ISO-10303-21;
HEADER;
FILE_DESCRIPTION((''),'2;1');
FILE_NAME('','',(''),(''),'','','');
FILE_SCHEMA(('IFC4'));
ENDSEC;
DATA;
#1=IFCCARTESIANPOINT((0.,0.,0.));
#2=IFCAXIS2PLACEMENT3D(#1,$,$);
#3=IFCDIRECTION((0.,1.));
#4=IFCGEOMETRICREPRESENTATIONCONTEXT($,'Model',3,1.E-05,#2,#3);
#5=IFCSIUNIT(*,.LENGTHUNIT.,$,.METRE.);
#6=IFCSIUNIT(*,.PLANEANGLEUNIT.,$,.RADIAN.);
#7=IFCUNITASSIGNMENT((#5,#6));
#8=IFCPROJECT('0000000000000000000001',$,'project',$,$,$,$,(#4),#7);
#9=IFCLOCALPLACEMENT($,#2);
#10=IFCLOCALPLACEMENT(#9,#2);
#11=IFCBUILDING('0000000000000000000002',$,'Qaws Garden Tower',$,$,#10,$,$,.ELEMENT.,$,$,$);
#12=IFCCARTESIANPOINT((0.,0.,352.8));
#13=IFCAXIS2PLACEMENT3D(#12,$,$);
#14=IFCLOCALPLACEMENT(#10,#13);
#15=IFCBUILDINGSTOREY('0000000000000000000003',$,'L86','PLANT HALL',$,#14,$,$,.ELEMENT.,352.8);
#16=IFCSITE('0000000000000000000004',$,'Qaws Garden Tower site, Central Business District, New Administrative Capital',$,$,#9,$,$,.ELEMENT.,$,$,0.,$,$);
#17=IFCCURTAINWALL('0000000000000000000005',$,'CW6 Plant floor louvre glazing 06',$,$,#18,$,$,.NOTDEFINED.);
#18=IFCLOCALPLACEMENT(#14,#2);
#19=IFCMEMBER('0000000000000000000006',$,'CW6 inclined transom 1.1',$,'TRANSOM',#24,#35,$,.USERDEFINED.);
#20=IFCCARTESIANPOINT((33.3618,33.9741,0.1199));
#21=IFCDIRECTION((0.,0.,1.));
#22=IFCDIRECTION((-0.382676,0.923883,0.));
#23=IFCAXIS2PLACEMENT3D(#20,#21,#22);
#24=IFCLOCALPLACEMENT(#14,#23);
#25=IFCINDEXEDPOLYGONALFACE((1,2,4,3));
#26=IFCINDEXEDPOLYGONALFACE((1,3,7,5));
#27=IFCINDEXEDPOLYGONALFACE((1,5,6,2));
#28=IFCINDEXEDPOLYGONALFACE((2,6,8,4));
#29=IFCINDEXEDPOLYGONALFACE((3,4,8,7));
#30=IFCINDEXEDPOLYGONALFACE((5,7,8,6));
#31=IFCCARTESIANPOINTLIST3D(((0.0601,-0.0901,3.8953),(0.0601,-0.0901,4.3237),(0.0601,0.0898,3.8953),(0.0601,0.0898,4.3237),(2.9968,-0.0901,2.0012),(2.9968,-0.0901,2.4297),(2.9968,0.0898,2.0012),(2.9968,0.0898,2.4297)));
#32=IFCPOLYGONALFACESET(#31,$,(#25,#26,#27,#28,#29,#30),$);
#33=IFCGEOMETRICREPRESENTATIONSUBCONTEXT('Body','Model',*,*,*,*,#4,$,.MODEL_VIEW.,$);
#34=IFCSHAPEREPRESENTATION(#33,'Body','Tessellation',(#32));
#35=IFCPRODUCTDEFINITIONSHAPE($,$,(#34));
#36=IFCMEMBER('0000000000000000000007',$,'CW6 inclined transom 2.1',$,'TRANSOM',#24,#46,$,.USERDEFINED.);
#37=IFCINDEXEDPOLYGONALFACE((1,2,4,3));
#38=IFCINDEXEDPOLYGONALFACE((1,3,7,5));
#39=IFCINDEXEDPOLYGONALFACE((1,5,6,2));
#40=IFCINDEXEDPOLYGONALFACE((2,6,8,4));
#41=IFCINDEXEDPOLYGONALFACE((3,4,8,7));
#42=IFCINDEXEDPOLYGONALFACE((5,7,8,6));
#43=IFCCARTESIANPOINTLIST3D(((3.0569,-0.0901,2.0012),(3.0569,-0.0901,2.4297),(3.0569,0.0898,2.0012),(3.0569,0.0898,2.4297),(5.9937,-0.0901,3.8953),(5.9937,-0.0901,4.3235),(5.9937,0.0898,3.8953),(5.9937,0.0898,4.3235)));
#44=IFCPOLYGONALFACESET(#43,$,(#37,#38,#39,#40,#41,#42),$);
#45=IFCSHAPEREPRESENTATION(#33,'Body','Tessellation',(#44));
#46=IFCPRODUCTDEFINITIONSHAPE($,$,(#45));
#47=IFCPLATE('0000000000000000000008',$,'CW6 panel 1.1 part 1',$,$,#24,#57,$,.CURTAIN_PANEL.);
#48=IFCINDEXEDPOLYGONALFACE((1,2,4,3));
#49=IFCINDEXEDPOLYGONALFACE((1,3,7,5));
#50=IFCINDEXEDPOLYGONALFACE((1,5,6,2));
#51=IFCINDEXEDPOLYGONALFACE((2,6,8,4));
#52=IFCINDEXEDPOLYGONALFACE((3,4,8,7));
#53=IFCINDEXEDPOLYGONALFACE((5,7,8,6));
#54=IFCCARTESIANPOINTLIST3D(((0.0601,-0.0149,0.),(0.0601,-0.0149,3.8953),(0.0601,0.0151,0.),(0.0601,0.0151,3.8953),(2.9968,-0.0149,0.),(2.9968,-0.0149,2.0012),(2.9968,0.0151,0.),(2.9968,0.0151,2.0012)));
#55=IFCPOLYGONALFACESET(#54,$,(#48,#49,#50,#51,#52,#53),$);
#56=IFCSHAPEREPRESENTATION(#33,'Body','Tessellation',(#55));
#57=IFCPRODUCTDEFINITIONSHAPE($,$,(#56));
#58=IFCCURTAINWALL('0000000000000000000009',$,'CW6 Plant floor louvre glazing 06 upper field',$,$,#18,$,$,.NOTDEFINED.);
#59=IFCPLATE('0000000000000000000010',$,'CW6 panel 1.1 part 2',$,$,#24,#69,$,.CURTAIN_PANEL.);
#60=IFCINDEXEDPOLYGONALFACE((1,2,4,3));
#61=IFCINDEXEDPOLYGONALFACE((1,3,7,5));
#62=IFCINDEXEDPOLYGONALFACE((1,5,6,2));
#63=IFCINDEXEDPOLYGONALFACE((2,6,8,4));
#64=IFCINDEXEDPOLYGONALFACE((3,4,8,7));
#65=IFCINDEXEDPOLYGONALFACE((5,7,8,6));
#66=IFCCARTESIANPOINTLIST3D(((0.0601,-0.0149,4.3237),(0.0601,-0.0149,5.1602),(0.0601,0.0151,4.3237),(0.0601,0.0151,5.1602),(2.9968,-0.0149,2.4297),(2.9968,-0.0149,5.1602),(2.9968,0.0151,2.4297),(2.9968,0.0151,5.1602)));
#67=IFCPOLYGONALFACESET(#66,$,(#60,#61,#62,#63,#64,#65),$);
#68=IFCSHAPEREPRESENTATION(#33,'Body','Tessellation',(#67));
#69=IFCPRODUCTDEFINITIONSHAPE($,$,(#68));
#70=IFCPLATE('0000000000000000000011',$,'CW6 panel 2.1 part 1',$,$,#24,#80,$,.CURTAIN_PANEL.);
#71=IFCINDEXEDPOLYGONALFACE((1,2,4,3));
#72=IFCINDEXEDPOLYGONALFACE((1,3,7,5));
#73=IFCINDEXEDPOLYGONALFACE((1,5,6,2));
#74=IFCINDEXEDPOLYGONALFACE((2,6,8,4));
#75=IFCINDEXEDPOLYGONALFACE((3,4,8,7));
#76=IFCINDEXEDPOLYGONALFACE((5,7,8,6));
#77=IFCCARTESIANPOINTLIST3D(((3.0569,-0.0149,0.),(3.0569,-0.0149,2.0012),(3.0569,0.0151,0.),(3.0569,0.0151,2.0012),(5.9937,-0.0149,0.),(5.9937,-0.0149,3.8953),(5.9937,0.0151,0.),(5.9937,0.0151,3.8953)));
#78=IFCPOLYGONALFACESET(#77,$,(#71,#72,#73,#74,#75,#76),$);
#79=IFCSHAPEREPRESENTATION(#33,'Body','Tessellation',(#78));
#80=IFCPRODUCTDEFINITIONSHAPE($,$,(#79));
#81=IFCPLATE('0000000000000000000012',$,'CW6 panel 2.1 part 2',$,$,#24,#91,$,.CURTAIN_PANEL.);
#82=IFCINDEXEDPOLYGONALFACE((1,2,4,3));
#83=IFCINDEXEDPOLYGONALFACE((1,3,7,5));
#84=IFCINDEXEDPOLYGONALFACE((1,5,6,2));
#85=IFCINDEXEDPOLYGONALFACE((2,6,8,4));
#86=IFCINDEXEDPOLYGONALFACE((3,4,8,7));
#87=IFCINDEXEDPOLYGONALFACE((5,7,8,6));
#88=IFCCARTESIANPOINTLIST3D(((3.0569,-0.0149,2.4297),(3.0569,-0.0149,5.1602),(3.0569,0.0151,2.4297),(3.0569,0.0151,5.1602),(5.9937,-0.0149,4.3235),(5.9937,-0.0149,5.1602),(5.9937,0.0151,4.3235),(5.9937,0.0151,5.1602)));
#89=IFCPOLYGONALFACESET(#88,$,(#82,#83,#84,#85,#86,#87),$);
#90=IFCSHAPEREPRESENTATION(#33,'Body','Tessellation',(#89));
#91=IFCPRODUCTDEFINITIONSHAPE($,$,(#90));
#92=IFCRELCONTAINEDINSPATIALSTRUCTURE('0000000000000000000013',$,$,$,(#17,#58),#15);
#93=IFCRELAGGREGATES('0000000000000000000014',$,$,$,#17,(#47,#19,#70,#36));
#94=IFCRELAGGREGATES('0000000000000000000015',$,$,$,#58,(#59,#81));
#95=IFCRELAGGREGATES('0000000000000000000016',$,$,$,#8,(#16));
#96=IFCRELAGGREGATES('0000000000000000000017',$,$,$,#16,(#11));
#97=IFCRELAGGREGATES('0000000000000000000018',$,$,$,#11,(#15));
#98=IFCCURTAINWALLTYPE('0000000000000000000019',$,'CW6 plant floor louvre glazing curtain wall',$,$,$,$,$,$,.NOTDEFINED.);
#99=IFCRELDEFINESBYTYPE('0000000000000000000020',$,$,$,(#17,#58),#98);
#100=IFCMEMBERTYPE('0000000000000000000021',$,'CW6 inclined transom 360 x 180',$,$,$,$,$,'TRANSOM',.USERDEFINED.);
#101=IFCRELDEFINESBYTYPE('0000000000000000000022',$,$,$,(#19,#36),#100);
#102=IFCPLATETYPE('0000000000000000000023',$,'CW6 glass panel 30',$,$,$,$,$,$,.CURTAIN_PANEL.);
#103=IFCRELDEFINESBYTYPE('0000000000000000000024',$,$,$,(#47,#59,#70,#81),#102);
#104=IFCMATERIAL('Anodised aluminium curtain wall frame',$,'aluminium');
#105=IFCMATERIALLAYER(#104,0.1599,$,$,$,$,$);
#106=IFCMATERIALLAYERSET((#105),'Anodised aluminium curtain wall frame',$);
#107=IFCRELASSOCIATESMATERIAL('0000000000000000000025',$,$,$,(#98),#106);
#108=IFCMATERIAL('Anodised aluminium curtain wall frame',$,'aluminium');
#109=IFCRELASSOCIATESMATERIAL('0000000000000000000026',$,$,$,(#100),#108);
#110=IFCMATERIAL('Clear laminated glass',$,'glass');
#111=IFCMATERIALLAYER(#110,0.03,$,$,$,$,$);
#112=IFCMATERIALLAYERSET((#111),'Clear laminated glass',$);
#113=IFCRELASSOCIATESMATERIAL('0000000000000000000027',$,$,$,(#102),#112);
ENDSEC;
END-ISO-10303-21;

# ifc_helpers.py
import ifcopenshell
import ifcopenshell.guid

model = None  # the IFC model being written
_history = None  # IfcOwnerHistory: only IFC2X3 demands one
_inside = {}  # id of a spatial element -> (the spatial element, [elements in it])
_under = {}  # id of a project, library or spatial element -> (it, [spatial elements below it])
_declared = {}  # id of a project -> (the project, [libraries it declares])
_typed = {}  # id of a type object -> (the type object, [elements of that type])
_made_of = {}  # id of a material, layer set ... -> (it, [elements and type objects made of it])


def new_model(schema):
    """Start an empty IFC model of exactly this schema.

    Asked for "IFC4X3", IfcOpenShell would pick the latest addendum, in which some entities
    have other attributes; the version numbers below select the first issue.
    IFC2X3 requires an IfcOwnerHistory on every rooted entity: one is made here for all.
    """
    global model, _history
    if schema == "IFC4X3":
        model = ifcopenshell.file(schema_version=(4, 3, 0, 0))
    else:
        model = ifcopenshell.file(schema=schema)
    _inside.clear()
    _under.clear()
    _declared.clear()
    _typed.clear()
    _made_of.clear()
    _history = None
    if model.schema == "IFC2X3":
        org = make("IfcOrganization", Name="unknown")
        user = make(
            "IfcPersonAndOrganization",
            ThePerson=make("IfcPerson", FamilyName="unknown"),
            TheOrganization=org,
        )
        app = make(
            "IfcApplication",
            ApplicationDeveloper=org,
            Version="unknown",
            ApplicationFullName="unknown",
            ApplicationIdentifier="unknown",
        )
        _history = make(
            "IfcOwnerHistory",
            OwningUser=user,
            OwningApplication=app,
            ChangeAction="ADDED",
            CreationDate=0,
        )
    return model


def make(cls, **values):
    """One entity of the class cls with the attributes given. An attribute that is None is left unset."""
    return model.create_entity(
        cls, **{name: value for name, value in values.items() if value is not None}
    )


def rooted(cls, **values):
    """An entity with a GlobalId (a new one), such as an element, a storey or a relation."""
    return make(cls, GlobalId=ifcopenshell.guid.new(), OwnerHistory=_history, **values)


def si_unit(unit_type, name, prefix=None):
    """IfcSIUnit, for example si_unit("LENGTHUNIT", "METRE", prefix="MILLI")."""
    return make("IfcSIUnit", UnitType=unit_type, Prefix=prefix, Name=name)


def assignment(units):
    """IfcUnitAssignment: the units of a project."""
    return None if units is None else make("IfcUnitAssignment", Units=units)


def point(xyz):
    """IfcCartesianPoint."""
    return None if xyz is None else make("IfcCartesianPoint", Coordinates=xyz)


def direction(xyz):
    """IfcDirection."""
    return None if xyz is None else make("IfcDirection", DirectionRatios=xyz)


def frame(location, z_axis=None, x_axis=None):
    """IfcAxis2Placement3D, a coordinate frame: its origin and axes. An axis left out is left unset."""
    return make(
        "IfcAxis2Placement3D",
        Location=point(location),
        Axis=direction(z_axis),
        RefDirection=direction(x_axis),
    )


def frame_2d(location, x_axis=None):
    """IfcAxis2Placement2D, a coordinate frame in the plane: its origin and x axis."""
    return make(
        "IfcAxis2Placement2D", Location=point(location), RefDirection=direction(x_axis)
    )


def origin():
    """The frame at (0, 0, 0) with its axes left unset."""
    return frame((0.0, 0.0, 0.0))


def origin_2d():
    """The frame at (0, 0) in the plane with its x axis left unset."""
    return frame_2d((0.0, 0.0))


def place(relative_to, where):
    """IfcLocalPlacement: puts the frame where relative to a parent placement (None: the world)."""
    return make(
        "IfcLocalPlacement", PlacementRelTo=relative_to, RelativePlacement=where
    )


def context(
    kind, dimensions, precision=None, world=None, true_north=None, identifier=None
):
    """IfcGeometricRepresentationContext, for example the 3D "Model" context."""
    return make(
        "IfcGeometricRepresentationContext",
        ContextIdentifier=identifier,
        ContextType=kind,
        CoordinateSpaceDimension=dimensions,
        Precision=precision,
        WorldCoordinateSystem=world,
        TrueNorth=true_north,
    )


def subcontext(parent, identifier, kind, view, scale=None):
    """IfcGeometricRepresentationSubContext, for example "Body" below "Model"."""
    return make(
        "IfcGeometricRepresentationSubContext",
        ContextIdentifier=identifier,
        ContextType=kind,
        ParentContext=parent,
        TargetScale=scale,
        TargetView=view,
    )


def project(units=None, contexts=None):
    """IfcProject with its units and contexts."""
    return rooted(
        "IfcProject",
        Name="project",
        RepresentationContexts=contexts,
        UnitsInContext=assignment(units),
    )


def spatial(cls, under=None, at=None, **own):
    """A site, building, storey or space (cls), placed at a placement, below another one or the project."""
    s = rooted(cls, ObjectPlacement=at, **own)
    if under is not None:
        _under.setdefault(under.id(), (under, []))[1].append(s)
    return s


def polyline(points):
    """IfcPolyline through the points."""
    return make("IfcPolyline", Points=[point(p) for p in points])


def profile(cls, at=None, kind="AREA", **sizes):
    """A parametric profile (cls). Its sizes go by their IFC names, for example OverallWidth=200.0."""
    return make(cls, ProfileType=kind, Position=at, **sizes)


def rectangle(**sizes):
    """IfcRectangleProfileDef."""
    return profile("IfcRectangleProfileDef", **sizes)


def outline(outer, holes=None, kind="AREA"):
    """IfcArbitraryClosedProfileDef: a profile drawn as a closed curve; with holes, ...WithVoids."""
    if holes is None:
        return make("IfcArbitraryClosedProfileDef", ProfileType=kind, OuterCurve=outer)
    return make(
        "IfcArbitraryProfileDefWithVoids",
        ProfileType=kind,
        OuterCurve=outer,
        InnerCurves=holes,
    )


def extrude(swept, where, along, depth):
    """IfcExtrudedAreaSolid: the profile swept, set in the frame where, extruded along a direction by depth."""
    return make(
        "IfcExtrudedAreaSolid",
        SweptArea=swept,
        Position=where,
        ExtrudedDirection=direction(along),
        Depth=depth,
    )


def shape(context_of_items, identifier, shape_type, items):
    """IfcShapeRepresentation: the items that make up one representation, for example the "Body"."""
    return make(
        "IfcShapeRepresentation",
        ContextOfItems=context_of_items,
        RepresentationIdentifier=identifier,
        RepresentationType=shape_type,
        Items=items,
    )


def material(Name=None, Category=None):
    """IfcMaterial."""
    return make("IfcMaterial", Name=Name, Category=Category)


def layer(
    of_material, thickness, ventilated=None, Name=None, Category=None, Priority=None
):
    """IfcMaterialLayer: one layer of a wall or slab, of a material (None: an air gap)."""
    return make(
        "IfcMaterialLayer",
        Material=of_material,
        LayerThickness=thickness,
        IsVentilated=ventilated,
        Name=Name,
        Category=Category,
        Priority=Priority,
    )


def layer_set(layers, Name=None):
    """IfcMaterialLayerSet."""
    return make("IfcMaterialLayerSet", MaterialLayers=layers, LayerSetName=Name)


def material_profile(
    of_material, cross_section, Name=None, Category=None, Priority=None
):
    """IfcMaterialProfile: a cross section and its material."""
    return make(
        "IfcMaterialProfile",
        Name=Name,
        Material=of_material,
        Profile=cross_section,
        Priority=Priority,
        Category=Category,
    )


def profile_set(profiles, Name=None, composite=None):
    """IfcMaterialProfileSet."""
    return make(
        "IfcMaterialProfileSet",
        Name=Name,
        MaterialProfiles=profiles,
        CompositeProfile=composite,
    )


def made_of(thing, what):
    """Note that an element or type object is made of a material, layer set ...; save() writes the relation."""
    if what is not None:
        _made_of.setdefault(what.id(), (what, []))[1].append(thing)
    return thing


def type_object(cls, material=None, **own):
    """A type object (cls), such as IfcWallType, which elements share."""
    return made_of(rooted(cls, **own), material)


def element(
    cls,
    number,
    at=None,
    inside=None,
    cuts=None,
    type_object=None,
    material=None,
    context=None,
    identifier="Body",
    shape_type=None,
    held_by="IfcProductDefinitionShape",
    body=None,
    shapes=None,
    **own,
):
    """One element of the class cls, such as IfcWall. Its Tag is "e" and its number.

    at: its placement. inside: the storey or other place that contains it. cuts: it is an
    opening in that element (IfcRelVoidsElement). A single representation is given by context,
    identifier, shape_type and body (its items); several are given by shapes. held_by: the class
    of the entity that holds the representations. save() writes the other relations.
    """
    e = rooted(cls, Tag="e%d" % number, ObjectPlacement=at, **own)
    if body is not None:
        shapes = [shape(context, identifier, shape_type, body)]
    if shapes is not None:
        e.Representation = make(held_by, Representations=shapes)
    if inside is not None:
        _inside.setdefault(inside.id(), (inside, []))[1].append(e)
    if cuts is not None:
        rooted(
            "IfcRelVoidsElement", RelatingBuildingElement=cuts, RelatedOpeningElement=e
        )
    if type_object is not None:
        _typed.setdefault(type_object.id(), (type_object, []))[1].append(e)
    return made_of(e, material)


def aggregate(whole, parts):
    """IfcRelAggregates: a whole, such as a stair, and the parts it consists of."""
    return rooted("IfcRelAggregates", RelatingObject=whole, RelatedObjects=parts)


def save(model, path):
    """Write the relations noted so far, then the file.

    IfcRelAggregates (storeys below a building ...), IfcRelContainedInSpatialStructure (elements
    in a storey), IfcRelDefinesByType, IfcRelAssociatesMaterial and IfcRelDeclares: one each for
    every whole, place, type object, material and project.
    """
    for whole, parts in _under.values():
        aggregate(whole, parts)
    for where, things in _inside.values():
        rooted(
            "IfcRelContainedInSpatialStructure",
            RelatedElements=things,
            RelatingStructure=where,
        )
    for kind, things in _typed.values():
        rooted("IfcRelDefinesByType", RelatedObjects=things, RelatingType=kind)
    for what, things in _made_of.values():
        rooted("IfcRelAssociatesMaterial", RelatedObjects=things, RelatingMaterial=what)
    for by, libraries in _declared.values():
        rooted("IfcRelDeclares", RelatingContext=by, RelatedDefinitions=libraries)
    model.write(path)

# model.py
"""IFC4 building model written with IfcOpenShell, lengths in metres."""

from ifc_helpers import new_model, si_unit, direction, frame, origin, origin_2d, place, context, subcontext, project, spatial, polyline, rectangle, outline, extrude, material, layer, layer_set, material_profile, profile_set, type_object, element, aggregate, save


model = new_model("IFC4")

# Units and contexts
model_context = context("Model", 3, precision=1e-05, world=origin(), true_north=direction((0.0, 1.0)))
body_context = subcontext(model_context, "Body", "Model", "MODEL_VIEW")
ifc_project = project(units=[si_unit("LENGTHUNIT", "METRE"), si_unit("PLANEANGLEUNIT", "RADIAN")], contexts=[model_context])

# Site, building, storey
site_placement = place(None, origin())
site = spatial("IfcSite", under=ifc_project, at=site_placement, Name="Qaws Garden Tower site, Central Business District, New Administrative Capital", CompositionType="ELEMENT", RefElevation=0.0)
building_placement = place(site_placement, origin())
building = spatial("IfcBuilding", under=site, at=building_placement, Name="Qaws Garden Tower", CompositionType="ELEMENT")
storey_placement = place(building_placement, frame((0.0, 0.0, 352.8)))
storey = spatial("IfcBuildingStorey", under=building, at=storey_placement, Name="L86", Description="PLANT HALL", CompositionType="ELEMENT", Elevation=352.8)

# Curtain wall, members, plate
ifc_material_1 = material(Name="Anodised aluminium curtain wall frame", Category="aluminium")
ifc_layer_1 = layer(ifc_material_1, 0.1599)
ifc_layer_set_1 = layer_set([ifc_layer_1], Name="Anodised aluminium curtain wall frame")
curtain_wall_type = type_object("IfcCurtainWallType", Name="CW6 plant floor louvre glazing curtain wall", PredefinedType="NOTDEFINED", material=ifc_layer_set_1)
placement_1 = place(storey_placement, origin())
curtain_wall_1 = element("IfcCurtainWall", 1, at=placement_1, inside=storey, type_object=curtain_wall_type, Name="CW6 Plant floor louvre glazing 06", PredefinedType="NOTDEFINED")
ifc_material_2 = material(Name="Anodised aluminium curtain wall frame", Category="aluminium")
ifc_material_profile_1 = material_profile(ifc_material_2, rectangle(XDim=0.1799, YDim=0.3601, at=origin_2d()), Name="AL 180x360")
ifc_profile_set_1 = profile_set([ifc_material_profile_1], Name="Anodised aluminium curtain wall frame")
member_type_1 = type_object("IfcMemberType", Name="CW6 inclined transom 360 x 180", ElementType="TRANSOM", PredefinedType="USERDEFINED", material=ifc_profile_set_1)
placement_2 = place(storey_placement, frame((33.3618, 33.9741, 0.1199), z_axis=(0.0, 0.0, 1.0), x_axis=(-0.382676, 0.923883, 0.0)))
member_1 = element("IfcMember", 2, at=placement_2, type_object=member_type_1, Name="CW6 inclined transom 1.1", ObjectType="TRANSOM", PredefinedType="USERDEFINED", context=body_context, shape_type="SweptSolid", body=[
    extrude(outline(polyline([(0.0601, 3.8953), (2.9968, 2.0012), (2.9968, 2.4297), (0.0601, 4.3237), (0.0601, 3.8953)])), frame((0.0, 0.0898, 0.0), z_axis=(0.0, -1.0, 0.0), x_axis=(1.0, 0.0, 0.0)), (0.0, 0.0, 1.0), 0.1799),
])
member_2 = element("IfcMember", 3, at=placement_2, type_object=member_type_1, Name="CW6 inclined transom 2.1", ObjectType="TRANSOM", PredefinedType="USERDEFINED", context=body_context, shape_type="SweptSolid", body=[
    extrude(outline(polyline([(3.0569, 2.0012), (5.9937, 3.8953), (5.9937, 4.3235), (3.0569, 2.4297), (3.0569, 2.0012)])), frame((0.0, 0.0898, 0.0), z_axis=(0.0, -1.0, 0.0), x_axis=(1.0, 0.0, 0.0)), (0.0, 0.0, 1.0), 0.1799),
])
ifc_material_3 = material(Name="Clear laminated glass", Category="glass")
ifc_layer_2 = layer(ifc_material_3, 0.03)
ifc_layer_set_2 = layer_set([ifc_layer_2], Name="Clear laminated glass")
plate_type = type_object("IfcPlateType", Name="CW6 glass panel 30", PredefinedType="CURTAIN_PANEL", material=ifc_layer_set_2)
plate_1 = element("IfcPlate", 4, at=placement_2, type_object=plate_type, Name="CW6 panel 1.1 part 1", PredefinedType="CURTAIN_PANEL", context=body_context, shape_type="SweptSolid", body=[
    extrude(outline(polyline([(2.9968, 0.0), (2.9968, 2.0012), (0.0601, 3.8953), (0.0601, 0.0), (2.9968, 0.0)])), frame((0.0, 0.0151, 0.0), z_axis=(0.0, -1.0, 0.0), x_axis=(1.0, 0.0, 0.0)), (0.0, 0.0, 1.0), 0.03),
])

# Curtain wall, plate
curtain_wall_2 = element("IfcCurtainWall", 5, at=placement_1, inside=storey, type_object=curtain_wall_type, Name="CW6 Plant floor louvre glazing 06 upper field", PredefinedType="NOTDEFINED")
plate_2 = element("IfcPlate", 6, at=placement_2, type_object=plate_type, Name="CW6 panel 1.1 part 2", PredefinedType="CURTAIN_PANEL", context=body_context, shape_type="SweptSolid", body=[
    extrude(outline(polyline([(0.0601, 5.1602), (0.0601, 4.3237), (2.9968, 2.4297), (2.9968, 5.1602), (0.0601, 5.1602)])), frame((0.0, 0.0151, 0.0), z_axis=(0.0, -1.0, 0.0), x_axis=(1.0, 0.0, 0.0)), (0.0, 0.0, 1.0), 0.03),
])

# Plates
plate_3 = element("IfcPlate", 7, at=placement_2, type_object=plate_type, Name="CW6 panel 2.1 part 1", PredefinedType="CURTAIN_PANEL", context=body_context, shape_type="SweptSolid", body=[
    extrude(outline(polyline([(5.9937, 0.0), (5.9937, 3.8953), (3.0569, 2.0012), (3.0569, 0.0), (5.9937, 0.0)])), frame((0.0, 0.0151, 0.0), z_axis=(0.0, -1.0, 0.0), x_axis=(1.0, 0.0, 0.0)), (0.0, 0.0, 1.0), 0.03),
])
aggregate(curtain_wall_1, [plate_1, member_1, plate_3, member_2])
plate_4 = element("IfcPlate", 8, at=placement_2, type_object=plate_type, Name="CW6 panel 2.1 part 2", PredefinedType="CURTAIN_PANEL", context=body_context, shape_type="SweptSolid", body=[
    extrude(outline(polyline([(3.0569, 5.1602), (3.0569, 2.4297), (5.9937, 4.3235), (5.9937, 5.1602), (3.0569, 5.1602)])), frame((0.0, 0.0151, 0.0), z_axis=(0.0, -1.0, 0.0), x_axis=(1.0, 0.0, 0.0)), (0.0, 0.0, 1.0), 0.03),
])
aggregate(curtain_wall_2, [plate_2, plate_4])

save(model, "model.ifc")
